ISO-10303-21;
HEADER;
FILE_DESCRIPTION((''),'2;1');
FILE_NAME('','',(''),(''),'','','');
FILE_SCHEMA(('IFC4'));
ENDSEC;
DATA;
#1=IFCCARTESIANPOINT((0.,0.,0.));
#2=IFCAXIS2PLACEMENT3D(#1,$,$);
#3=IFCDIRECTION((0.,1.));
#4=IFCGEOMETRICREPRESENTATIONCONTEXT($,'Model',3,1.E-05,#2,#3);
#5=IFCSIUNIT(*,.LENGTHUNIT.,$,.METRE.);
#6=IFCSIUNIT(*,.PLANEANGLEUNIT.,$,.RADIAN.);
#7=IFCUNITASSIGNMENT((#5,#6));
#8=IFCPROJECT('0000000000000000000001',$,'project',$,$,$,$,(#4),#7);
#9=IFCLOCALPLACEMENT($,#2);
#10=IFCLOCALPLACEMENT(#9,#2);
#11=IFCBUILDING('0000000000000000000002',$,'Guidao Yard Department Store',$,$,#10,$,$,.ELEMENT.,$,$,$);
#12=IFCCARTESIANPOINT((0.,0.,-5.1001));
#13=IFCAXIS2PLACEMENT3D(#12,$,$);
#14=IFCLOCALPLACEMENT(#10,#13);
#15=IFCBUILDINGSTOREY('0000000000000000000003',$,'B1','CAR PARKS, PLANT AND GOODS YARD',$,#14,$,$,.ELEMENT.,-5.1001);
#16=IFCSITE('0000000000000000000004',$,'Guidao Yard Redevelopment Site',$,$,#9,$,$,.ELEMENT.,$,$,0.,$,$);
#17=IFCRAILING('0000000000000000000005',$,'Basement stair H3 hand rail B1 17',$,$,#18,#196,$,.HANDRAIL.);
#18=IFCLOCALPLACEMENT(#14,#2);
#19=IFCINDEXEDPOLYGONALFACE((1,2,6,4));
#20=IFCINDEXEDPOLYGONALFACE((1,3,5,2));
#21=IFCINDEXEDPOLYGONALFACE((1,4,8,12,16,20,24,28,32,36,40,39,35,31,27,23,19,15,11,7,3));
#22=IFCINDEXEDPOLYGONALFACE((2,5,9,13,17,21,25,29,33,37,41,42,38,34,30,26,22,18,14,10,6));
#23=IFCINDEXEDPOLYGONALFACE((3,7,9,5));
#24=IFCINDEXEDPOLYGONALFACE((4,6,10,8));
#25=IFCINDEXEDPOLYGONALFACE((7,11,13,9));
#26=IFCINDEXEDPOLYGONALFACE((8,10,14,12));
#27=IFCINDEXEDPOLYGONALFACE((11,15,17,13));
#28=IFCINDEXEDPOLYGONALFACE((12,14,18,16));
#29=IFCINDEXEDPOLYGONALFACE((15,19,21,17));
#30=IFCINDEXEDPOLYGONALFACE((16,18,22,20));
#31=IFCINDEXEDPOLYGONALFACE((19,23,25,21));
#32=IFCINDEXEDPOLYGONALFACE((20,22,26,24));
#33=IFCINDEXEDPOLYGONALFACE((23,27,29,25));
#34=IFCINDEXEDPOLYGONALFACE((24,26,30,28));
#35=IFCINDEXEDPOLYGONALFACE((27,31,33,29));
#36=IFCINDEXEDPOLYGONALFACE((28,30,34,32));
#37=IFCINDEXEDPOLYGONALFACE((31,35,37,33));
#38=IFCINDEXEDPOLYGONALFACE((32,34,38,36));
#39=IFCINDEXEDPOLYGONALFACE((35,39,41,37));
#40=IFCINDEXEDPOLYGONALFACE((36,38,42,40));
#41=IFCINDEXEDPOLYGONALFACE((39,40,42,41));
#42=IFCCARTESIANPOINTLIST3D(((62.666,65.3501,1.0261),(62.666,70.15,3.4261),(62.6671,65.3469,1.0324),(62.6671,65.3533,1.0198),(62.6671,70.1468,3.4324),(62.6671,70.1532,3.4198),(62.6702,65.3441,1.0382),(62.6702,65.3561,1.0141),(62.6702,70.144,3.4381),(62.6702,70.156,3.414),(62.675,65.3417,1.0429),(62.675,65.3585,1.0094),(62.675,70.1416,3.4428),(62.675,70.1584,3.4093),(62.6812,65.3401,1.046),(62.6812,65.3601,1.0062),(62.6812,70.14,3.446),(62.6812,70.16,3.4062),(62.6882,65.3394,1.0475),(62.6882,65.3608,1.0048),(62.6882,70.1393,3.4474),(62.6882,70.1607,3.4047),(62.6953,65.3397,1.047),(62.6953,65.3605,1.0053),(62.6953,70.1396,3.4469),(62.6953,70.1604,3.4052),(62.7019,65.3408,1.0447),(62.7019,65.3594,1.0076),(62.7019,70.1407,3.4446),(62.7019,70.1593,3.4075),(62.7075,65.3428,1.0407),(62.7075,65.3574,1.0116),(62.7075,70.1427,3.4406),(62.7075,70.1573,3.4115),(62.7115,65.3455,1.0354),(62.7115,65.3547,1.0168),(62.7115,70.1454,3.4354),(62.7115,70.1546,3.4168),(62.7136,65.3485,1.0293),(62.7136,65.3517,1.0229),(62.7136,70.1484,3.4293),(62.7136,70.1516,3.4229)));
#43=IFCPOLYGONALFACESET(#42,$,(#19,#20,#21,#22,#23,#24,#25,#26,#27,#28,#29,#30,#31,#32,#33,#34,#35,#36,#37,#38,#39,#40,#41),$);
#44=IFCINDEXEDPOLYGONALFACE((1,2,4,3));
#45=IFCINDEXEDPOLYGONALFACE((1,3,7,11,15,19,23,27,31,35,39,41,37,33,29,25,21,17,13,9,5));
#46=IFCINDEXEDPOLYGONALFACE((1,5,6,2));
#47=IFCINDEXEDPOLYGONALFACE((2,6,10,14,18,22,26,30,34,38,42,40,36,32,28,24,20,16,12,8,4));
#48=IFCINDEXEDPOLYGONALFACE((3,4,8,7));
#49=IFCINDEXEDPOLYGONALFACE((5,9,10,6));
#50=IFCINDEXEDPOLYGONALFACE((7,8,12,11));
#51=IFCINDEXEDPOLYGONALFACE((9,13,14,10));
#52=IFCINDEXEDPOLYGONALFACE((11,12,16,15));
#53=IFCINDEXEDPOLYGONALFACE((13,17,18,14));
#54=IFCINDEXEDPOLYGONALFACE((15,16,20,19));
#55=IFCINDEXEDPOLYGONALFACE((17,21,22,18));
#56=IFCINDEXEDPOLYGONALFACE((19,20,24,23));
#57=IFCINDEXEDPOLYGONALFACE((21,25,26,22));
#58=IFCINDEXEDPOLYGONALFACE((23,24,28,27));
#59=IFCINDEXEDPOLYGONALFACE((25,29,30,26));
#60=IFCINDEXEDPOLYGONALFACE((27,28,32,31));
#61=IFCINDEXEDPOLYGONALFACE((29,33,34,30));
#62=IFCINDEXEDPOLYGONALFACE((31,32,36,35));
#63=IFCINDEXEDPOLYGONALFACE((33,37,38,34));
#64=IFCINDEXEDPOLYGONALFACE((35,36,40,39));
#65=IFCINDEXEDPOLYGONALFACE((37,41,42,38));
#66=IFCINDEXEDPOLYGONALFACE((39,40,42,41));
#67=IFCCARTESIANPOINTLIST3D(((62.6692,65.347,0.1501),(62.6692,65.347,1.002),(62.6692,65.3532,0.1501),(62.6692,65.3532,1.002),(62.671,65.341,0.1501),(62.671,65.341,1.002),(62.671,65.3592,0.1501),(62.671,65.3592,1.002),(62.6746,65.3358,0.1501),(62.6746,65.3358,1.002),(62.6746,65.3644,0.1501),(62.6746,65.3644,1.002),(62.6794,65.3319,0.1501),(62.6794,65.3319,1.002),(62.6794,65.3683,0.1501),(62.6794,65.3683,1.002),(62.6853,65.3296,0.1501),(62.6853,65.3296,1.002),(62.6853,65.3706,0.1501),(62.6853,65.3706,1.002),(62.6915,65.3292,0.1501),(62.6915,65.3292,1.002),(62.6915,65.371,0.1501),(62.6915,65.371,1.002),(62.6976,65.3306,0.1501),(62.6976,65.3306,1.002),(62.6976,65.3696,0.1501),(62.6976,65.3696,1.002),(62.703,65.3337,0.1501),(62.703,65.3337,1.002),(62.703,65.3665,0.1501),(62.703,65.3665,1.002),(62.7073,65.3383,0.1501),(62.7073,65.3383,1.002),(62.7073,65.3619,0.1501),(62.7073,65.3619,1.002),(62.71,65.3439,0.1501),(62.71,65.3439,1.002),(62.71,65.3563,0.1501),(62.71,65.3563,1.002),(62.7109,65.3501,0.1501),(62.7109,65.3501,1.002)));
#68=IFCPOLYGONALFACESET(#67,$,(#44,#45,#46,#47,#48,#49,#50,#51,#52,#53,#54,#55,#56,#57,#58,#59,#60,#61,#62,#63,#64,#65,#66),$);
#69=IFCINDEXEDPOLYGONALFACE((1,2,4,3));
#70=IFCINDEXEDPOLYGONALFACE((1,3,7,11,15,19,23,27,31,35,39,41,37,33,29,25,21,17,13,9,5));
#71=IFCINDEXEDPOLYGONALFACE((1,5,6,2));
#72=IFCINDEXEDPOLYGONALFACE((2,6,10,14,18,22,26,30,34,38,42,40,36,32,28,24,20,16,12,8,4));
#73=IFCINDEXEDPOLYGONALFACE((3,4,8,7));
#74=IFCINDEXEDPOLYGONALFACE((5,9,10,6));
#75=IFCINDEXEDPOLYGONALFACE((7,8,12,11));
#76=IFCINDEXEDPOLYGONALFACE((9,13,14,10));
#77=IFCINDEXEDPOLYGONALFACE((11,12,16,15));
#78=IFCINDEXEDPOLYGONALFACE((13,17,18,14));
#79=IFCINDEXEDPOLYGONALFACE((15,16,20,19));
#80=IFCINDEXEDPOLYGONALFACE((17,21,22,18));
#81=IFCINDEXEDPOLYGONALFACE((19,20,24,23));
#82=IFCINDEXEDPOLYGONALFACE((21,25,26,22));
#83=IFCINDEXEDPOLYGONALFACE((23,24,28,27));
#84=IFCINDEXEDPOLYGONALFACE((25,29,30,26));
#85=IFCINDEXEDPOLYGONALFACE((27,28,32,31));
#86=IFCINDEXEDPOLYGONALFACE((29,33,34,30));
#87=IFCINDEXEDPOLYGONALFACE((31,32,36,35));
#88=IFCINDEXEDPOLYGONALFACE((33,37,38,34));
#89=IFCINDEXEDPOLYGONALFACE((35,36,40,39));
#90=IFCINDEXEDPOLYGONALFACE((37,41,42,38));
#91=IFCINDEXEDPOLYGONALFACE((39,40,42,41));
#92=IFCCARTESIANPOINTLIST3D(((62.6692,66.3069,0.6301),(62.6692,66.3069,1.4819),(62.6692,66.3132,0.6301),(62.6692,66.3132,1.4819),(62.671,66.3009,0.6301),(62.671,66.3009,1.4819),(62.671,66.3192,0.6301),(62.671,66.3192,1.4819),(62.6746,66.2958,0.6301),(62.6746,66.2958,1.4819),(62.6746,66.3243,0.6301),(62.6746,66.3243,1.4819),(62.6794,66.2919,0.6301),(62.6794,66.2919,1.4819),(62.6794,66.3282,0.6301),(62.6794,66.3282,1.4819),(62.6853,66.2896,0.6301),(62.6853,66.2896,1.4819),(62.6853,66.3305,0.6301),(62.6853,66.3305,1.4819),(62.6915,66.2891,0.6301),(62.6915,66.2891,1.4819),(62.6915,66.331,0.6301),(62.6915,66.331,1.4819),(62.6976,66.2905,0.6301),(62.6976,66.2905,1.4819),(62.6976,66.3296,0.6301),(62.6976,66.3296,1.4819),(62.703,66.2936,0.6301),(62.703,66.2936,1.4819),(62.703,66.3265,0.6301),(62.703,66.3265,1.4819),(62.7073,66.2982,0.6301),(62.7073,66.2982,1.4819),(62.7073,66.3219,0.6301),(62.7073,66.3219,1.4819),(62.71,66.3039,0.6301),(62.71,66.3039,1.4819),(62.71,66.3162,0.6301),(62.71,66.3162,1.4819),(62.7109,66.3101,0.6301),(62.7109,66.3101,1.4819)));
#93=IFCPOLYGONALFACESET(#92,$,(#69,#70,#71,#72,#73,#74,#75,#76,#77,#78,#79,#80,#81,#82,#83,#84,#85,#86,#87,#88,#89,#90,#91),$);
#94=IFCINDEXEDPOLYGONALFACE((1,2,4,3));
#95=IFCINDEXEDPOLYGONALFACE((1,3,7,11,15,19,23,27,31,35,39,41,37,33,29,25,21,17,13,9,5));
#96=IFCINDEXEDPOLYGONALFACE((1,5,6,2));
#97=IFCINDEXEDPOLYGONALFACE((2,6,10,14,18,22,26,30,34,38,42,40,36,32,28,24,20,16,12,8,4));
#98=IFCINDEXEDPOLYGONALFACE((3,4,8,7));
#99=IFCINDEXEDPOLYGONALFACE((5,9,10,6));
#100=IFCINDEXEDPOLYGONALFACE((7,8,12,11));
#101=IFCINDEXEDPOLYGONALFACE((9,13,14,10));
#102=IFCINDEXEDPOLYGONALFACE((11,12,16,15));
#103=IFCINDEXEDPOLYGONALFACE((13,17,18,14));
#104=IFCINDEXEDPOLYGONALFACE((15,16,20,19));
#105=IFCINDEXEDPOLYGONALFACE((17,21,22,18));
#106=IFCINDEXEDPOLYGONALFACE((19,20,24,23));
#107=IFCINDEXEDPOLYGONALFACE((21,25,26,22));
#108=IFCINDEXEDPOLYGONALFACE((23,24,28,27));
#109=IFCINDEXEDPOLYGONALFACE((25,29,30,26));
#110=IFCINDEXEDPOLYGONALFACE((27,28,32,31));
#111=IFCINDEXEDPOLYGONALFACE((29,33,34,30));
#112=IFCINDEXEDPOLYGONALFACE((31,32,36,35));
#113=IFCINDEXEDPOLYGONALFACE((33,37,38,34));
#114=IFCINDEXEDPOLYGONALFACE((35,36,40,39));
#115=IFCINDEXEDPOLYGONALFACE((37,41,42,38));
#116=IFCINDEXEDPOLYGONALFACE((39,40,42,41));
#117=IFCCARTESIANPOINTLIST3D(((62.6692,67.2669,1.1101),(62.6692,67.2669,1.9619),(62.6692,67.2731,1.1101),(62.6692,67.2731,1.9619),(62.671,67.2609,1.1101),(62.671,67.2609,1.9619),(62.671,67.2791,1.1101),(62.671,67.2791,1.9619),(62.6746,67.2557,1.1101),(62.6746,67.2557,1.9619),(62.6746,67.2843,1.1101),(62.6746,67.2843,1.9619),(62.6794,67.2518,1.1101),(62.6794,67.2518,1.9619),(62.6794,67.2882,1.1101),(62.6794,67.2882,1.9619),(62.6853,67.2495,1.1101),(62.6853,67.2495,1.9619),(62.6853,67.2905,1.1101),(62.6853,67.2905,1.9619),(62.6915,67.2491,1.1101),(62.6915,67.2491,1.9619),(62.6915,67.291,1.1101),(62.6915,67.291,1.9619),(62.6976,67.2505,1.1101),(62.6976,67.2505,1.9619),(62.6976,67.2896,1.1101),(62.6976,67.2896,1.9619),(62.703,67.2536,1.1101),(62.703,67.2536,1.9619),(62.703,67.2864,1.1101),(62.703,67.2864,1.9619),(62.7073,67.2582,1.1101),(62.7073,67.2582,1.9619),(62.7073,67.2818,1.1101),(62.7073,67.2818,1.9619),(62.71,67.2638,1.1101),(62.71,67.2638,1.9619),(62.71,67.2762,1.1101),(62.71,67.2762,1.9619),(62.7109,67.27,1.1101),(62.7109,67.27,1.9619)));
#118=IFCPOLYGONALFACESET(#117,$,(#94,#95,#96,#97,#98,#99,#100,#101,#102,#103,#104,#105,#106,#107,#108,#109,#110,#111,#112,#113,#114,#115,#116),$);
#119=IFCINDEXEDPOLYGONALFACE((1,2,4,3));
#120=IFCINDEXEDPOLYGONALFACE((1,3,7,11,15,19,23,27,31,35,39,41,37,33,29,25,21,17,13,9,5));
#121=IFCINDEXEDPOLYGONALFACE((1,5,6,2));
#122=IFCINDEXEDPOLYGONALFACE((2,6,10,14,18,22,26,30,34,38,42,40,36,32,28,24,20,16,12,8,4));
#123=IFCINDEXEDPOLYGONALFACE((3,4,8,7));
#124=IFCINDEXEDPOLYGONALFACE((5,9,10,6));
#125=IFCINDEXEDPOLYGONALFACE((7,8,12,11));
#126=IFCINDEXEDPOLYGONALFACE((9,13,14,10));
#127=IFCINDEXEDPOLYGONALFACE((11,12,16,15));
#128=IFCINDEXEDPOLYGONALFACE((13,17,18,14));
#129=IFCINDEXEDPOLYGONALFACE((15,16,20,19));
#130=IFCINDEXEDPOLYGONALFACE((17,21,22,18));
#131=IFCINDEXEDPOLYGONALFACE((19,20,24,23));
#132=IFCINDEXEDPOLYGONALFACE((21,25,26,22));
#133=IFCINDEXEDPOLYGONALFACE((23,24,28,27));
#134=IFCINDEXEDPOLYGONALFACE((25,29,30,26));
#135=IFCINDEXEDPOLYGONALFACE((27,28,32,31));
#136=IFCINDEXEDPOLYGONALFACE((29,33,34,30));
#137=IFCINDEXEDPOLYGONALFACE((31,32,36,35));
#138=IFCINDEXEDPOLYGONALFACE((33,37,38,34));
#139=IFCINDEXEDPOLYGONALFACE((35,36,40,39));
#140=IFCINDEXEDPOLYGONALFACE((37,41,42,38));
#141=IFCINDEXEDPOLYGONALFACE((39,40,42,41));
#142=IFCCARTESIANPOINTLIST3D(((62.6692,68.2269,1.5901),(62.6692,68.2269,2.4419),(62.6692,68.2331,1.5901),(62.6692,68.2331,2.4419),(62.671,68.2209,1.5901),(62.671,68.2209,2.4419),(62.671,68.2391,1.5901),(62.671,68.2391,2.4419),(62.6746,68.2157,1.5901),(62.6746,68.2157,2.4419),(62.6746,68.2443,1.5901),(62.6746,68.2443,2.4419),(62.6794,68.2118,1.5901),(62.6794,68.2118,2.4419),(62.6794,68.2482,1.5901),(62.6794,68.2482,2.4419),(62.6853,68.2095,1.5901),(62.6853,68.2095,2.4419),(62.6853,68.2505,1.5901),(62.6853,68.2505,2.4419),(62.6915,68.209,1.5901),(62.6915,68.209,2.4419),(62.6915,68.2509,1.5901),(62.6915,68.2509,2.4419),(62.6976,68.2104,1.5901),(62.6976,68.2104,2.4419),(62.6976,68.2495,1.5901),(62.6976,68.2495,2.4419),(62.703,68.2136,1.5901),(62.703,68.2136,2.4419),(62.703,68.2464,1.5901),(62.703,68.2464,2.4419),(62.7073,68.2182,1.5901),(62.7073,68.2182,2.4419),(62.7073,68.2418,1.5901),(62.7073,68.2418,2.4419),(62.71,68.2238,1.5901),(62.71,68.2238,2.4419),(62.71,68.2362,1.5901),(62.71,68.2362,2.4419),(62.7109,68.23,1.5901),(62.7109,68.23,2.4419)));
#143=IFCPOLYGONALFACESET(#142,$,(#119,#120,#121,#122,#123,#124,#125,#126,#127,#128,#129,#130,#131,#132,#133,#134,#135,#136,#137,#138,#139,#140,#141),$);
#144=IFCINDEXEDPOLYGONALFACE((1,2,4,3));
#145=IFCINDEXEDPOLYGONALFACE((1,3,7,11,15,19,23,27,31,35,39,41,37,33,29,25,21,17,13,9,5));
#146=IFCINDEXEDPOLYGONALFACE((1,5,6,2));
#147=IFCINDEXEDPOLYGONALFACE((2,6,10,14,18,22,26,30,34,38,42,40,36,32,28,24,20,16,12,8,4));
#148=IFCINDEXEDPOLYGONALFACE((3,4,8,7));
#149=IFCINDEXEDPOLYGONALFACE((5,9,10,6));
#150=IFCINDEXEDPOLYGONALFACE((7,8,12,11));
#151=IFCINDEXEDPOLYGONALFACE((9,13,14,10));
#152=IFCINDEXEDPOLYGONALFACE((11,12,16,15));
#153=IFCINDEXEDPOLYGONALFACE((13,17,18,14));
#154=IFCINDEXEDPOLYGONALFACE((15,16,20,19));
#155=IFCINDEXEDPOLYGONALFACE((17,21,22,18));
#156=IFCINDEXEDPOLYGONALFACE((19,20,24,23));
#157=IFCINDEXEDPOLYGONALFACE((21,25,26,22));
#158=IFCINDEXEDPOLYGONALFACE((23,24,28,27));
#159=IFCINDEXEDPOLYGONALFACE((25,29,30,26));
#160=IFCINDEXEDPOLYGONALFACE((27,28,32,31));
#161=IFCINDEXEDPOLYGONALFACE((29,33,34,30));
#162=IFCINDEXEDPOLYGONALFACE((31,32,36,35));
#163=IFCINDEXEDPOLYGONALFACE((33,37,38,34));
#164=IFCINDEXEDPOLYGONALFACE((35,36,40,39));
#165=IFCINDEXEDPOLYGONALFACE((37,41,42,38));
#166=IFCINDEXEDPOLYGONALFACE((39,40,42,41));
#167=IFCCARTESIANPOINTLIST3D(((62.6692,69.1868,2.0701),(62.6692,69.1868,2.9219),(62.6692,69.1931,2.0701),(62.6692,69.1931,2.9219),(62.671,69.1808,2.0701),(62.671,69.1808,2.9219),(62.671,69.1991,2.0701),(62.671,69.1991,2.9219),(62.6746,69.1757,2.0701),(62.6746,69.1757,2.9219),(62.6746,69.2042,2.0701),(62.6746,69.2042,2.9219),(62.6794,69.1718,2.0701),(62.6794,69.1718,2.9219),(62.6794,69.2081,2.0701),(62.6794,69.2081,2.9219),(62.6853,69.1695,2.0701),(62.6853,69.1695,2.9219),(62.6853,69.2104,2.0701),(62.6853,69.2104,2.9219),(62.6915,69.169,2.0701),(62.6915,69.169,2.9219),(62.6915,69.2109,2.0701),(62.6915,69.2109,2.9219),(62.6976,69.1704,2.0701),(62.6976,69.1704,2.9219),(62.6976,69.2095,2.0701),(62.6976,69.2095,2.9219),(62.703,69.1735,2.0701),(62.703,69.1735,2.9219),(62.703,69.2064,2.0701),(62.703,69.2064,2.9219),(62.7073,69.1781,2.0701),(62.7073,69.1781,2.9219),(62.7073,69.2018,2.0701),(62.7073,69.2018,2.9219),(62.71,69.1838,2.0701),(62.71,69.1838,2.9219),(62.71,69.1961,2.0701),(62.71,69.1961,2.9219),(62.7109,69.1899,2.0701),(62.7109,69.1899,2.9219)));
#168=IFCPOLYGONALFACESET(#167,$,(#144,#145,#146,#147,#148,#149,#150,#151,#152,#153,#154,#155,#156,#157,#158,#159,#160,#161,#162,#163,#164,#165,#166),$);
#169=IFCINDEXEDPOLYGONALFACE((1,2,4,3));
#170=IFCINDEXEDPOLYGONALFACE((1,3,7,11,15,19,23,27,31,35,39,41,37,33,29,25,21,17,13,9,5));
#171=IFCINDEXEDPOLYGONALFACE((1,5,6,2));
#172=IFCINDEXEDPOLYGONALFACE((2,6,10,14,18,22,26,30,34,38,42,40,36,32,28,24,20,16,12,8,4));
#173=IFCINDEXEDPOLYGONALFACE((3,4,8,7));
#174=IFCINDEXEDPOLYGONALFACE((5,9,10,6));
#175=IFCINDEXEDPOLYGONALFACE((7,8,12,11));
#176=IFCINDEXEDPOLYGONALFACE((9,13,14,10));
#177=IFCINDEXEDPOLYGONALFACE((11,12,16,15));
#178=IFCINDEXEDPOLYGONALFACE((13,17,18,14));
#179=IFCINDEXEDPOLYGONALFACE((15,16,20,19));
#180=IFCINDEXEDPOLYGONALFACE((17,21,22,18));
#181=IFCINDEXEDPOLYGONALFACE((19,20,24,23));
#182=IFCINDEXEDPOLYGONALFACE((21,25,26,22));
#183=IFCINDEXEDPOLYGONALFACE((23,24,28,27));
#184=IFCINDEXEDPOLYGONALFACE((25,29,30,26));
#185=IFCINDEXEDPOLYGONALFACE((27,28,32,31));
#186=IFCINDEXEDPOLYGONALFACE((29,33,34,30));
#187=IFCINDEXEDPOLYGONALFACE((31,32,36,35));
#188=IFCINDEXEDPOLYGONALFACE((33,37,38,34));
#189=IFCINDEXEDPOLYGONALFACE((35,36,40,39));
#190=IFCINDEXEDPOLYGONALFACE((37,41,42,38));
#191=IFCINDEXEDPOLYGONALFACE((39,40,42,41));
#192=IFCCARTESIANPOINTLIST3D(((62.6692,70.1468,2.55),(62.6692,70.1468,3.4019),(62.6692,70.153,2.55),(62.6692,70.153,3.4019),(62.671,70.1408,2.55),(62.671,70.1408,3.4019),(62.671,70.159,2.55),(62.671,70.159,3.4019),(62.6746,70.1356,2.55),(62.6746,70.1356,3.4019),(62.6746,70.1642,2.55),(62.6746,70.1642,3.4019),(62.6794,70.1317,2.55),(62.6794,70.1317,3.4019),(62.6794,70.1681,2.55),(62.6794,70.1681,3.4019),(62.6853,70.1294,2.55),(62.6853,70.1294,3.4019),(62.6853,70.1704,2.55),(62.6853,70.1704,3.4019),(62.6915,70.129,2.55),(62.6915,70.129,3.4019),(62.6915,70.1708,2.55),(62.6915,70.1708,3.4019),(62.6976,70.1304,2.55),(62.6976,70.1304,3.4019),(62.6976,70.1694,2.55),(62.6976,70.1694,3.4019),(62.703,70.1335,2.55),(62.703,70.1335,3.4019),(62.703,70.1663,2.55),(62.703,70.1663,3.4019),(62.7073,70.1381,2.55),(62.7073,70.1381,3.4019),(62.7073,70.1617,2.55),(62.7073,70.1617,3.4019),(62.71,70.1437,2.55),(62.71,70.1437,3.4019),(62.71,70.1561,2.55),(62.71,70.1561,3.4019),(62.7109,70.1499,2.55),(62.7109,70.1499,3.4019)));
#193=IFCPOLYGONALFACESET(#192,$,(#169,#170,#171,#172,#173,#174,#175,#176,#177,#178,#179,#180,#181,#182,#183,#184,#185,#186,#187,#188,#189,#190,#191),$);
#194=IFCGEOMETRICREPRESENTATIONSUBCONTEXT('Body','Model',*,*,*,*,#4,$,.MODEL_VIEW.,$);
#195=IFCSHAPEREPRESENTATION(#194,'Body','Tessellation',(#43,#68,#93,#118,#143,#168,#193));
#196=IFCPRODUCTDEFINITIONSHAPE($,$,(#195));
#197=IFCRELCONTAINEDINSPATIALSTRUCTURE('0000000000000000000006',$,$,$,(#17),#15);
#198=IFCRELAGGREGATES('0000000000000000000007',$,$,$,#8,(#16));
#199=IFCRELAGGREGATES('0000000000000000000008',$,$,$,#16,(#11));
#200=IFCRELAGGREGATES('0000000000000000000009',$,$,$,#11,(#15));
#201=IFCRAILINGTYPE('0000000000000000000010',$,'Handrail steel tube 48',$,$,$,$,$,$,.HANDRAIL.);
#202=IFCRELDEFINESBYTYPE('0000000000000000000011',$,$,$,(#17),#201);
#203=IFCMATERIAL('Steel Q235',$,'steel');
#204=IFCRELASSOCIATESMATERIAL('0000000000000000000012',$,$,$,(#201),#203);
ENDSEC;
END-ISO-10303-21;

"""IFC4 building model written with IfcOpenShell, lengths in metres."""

from ifc_helpers import new_model, si_unit, direction, frame, origin, origin_2d, place, context, subcontext, project, spatial, circle, extrude, material, type_object, element, save


model = new_model("IFC4")

# Units and contexts
model_context = context("Model", 3, precision=1e-05, world=origin(), true_north=direction((0.0, 1.0)))
body_context = subcontext(model_context, "Body", "Model", "MODEL_VIEW")
ifc_project = project(units=[si_unit("LENGTHUNIT", "METRE"), si_unit("PLANEANGLEUNIT", "RADIAN")], contexts=[model_context])

# Site, building, storey
site_placement = place(None, origin())
site = spatial("IfcSite", under=ifc_project, at=site_placement, Name="Guidao Yard Redevelopment Site", CompositionType="ELEMENT", RefElevation=0.0)
building_placement = place(site_placement, origin())
building = spatial("IfcBuilding", under=site, at=building_placement, Name="Guidao Yard Department Store", CompositionType="ELEMENT")
storey_placement = place(building_placement, frame((0.0, 0.0, -5.1001)))
storey = spatial("IfcBuildingStorey", under=building, at=storey_placement, Name="B1", Description="CAR PARKS, PLANT AND GOODS YARD", CompositionType="ELEMENT", Elevation=-5.1001)

# Railing
ifc_material_1 = material(Name="Steel Q235", Category="steel")
railing_type_1 = type_object("IfcRailingType", Name="Handrail steel tube 48", PredefinedType="HANDRAIL", material=ifc_material_1)
for number, where, name in (
    (1, (62.6899, 65.3501, 0.1501), "Basement stair H3 hand rail B1 17"),
):
    element("IfcRailing", number, at=place(storey_placement, frame(where)), inside=storey, type_object=railing_type_1, Name=name, PredefinedType="HANDRAIL", context=body_context, shape_type="SweptSolid", body=[
        extrude(circle(Radius=0.0239, at=origin_2d()), frame((0.0, 0.0, 0.876), z_axis=(0.0, 0.894427, 0.447214), x_axis=(-1.0, 0.0, 0.0)), (0.0, 0.0, 1.0), 5.3665),
        extrude(circle(Radius=0.021, at=origin_2d()), origin(), (0.0, 0.0, 1.0), 0.8518),
        extrude(circle(Radius=0.021, at=origin_2d()), frame((0.0, 0.96, 0.48)), (0.0, 0.0, 1.0), 0.8518),
        extrude(circle(Radius=0.021, at=origin_2d()), frame((0.0, 1.9199, 0.96)), (0.0, 0.0, 1.0), 0.8518),
        extrude(circle(Radius=0.021, at=origin_2d()), frame((0.0, 2.8799, 1.4399)), (0.0, 0.0, 1.0), 0.8518),
        extrude(circle(Radius=0.021, at=origin_2d()), frame((0.0, 3.8398, 1.9199)), (0.0, 0.0, 1.0), 0.8518),
        extrude(circle(Radius=0.021, at=origin_2d()), frame((0.0, 4.7998, 2.3999)), (0.0, 0.0, 1.0), 0.8518),
    ])

save(model, "model.ifc")
